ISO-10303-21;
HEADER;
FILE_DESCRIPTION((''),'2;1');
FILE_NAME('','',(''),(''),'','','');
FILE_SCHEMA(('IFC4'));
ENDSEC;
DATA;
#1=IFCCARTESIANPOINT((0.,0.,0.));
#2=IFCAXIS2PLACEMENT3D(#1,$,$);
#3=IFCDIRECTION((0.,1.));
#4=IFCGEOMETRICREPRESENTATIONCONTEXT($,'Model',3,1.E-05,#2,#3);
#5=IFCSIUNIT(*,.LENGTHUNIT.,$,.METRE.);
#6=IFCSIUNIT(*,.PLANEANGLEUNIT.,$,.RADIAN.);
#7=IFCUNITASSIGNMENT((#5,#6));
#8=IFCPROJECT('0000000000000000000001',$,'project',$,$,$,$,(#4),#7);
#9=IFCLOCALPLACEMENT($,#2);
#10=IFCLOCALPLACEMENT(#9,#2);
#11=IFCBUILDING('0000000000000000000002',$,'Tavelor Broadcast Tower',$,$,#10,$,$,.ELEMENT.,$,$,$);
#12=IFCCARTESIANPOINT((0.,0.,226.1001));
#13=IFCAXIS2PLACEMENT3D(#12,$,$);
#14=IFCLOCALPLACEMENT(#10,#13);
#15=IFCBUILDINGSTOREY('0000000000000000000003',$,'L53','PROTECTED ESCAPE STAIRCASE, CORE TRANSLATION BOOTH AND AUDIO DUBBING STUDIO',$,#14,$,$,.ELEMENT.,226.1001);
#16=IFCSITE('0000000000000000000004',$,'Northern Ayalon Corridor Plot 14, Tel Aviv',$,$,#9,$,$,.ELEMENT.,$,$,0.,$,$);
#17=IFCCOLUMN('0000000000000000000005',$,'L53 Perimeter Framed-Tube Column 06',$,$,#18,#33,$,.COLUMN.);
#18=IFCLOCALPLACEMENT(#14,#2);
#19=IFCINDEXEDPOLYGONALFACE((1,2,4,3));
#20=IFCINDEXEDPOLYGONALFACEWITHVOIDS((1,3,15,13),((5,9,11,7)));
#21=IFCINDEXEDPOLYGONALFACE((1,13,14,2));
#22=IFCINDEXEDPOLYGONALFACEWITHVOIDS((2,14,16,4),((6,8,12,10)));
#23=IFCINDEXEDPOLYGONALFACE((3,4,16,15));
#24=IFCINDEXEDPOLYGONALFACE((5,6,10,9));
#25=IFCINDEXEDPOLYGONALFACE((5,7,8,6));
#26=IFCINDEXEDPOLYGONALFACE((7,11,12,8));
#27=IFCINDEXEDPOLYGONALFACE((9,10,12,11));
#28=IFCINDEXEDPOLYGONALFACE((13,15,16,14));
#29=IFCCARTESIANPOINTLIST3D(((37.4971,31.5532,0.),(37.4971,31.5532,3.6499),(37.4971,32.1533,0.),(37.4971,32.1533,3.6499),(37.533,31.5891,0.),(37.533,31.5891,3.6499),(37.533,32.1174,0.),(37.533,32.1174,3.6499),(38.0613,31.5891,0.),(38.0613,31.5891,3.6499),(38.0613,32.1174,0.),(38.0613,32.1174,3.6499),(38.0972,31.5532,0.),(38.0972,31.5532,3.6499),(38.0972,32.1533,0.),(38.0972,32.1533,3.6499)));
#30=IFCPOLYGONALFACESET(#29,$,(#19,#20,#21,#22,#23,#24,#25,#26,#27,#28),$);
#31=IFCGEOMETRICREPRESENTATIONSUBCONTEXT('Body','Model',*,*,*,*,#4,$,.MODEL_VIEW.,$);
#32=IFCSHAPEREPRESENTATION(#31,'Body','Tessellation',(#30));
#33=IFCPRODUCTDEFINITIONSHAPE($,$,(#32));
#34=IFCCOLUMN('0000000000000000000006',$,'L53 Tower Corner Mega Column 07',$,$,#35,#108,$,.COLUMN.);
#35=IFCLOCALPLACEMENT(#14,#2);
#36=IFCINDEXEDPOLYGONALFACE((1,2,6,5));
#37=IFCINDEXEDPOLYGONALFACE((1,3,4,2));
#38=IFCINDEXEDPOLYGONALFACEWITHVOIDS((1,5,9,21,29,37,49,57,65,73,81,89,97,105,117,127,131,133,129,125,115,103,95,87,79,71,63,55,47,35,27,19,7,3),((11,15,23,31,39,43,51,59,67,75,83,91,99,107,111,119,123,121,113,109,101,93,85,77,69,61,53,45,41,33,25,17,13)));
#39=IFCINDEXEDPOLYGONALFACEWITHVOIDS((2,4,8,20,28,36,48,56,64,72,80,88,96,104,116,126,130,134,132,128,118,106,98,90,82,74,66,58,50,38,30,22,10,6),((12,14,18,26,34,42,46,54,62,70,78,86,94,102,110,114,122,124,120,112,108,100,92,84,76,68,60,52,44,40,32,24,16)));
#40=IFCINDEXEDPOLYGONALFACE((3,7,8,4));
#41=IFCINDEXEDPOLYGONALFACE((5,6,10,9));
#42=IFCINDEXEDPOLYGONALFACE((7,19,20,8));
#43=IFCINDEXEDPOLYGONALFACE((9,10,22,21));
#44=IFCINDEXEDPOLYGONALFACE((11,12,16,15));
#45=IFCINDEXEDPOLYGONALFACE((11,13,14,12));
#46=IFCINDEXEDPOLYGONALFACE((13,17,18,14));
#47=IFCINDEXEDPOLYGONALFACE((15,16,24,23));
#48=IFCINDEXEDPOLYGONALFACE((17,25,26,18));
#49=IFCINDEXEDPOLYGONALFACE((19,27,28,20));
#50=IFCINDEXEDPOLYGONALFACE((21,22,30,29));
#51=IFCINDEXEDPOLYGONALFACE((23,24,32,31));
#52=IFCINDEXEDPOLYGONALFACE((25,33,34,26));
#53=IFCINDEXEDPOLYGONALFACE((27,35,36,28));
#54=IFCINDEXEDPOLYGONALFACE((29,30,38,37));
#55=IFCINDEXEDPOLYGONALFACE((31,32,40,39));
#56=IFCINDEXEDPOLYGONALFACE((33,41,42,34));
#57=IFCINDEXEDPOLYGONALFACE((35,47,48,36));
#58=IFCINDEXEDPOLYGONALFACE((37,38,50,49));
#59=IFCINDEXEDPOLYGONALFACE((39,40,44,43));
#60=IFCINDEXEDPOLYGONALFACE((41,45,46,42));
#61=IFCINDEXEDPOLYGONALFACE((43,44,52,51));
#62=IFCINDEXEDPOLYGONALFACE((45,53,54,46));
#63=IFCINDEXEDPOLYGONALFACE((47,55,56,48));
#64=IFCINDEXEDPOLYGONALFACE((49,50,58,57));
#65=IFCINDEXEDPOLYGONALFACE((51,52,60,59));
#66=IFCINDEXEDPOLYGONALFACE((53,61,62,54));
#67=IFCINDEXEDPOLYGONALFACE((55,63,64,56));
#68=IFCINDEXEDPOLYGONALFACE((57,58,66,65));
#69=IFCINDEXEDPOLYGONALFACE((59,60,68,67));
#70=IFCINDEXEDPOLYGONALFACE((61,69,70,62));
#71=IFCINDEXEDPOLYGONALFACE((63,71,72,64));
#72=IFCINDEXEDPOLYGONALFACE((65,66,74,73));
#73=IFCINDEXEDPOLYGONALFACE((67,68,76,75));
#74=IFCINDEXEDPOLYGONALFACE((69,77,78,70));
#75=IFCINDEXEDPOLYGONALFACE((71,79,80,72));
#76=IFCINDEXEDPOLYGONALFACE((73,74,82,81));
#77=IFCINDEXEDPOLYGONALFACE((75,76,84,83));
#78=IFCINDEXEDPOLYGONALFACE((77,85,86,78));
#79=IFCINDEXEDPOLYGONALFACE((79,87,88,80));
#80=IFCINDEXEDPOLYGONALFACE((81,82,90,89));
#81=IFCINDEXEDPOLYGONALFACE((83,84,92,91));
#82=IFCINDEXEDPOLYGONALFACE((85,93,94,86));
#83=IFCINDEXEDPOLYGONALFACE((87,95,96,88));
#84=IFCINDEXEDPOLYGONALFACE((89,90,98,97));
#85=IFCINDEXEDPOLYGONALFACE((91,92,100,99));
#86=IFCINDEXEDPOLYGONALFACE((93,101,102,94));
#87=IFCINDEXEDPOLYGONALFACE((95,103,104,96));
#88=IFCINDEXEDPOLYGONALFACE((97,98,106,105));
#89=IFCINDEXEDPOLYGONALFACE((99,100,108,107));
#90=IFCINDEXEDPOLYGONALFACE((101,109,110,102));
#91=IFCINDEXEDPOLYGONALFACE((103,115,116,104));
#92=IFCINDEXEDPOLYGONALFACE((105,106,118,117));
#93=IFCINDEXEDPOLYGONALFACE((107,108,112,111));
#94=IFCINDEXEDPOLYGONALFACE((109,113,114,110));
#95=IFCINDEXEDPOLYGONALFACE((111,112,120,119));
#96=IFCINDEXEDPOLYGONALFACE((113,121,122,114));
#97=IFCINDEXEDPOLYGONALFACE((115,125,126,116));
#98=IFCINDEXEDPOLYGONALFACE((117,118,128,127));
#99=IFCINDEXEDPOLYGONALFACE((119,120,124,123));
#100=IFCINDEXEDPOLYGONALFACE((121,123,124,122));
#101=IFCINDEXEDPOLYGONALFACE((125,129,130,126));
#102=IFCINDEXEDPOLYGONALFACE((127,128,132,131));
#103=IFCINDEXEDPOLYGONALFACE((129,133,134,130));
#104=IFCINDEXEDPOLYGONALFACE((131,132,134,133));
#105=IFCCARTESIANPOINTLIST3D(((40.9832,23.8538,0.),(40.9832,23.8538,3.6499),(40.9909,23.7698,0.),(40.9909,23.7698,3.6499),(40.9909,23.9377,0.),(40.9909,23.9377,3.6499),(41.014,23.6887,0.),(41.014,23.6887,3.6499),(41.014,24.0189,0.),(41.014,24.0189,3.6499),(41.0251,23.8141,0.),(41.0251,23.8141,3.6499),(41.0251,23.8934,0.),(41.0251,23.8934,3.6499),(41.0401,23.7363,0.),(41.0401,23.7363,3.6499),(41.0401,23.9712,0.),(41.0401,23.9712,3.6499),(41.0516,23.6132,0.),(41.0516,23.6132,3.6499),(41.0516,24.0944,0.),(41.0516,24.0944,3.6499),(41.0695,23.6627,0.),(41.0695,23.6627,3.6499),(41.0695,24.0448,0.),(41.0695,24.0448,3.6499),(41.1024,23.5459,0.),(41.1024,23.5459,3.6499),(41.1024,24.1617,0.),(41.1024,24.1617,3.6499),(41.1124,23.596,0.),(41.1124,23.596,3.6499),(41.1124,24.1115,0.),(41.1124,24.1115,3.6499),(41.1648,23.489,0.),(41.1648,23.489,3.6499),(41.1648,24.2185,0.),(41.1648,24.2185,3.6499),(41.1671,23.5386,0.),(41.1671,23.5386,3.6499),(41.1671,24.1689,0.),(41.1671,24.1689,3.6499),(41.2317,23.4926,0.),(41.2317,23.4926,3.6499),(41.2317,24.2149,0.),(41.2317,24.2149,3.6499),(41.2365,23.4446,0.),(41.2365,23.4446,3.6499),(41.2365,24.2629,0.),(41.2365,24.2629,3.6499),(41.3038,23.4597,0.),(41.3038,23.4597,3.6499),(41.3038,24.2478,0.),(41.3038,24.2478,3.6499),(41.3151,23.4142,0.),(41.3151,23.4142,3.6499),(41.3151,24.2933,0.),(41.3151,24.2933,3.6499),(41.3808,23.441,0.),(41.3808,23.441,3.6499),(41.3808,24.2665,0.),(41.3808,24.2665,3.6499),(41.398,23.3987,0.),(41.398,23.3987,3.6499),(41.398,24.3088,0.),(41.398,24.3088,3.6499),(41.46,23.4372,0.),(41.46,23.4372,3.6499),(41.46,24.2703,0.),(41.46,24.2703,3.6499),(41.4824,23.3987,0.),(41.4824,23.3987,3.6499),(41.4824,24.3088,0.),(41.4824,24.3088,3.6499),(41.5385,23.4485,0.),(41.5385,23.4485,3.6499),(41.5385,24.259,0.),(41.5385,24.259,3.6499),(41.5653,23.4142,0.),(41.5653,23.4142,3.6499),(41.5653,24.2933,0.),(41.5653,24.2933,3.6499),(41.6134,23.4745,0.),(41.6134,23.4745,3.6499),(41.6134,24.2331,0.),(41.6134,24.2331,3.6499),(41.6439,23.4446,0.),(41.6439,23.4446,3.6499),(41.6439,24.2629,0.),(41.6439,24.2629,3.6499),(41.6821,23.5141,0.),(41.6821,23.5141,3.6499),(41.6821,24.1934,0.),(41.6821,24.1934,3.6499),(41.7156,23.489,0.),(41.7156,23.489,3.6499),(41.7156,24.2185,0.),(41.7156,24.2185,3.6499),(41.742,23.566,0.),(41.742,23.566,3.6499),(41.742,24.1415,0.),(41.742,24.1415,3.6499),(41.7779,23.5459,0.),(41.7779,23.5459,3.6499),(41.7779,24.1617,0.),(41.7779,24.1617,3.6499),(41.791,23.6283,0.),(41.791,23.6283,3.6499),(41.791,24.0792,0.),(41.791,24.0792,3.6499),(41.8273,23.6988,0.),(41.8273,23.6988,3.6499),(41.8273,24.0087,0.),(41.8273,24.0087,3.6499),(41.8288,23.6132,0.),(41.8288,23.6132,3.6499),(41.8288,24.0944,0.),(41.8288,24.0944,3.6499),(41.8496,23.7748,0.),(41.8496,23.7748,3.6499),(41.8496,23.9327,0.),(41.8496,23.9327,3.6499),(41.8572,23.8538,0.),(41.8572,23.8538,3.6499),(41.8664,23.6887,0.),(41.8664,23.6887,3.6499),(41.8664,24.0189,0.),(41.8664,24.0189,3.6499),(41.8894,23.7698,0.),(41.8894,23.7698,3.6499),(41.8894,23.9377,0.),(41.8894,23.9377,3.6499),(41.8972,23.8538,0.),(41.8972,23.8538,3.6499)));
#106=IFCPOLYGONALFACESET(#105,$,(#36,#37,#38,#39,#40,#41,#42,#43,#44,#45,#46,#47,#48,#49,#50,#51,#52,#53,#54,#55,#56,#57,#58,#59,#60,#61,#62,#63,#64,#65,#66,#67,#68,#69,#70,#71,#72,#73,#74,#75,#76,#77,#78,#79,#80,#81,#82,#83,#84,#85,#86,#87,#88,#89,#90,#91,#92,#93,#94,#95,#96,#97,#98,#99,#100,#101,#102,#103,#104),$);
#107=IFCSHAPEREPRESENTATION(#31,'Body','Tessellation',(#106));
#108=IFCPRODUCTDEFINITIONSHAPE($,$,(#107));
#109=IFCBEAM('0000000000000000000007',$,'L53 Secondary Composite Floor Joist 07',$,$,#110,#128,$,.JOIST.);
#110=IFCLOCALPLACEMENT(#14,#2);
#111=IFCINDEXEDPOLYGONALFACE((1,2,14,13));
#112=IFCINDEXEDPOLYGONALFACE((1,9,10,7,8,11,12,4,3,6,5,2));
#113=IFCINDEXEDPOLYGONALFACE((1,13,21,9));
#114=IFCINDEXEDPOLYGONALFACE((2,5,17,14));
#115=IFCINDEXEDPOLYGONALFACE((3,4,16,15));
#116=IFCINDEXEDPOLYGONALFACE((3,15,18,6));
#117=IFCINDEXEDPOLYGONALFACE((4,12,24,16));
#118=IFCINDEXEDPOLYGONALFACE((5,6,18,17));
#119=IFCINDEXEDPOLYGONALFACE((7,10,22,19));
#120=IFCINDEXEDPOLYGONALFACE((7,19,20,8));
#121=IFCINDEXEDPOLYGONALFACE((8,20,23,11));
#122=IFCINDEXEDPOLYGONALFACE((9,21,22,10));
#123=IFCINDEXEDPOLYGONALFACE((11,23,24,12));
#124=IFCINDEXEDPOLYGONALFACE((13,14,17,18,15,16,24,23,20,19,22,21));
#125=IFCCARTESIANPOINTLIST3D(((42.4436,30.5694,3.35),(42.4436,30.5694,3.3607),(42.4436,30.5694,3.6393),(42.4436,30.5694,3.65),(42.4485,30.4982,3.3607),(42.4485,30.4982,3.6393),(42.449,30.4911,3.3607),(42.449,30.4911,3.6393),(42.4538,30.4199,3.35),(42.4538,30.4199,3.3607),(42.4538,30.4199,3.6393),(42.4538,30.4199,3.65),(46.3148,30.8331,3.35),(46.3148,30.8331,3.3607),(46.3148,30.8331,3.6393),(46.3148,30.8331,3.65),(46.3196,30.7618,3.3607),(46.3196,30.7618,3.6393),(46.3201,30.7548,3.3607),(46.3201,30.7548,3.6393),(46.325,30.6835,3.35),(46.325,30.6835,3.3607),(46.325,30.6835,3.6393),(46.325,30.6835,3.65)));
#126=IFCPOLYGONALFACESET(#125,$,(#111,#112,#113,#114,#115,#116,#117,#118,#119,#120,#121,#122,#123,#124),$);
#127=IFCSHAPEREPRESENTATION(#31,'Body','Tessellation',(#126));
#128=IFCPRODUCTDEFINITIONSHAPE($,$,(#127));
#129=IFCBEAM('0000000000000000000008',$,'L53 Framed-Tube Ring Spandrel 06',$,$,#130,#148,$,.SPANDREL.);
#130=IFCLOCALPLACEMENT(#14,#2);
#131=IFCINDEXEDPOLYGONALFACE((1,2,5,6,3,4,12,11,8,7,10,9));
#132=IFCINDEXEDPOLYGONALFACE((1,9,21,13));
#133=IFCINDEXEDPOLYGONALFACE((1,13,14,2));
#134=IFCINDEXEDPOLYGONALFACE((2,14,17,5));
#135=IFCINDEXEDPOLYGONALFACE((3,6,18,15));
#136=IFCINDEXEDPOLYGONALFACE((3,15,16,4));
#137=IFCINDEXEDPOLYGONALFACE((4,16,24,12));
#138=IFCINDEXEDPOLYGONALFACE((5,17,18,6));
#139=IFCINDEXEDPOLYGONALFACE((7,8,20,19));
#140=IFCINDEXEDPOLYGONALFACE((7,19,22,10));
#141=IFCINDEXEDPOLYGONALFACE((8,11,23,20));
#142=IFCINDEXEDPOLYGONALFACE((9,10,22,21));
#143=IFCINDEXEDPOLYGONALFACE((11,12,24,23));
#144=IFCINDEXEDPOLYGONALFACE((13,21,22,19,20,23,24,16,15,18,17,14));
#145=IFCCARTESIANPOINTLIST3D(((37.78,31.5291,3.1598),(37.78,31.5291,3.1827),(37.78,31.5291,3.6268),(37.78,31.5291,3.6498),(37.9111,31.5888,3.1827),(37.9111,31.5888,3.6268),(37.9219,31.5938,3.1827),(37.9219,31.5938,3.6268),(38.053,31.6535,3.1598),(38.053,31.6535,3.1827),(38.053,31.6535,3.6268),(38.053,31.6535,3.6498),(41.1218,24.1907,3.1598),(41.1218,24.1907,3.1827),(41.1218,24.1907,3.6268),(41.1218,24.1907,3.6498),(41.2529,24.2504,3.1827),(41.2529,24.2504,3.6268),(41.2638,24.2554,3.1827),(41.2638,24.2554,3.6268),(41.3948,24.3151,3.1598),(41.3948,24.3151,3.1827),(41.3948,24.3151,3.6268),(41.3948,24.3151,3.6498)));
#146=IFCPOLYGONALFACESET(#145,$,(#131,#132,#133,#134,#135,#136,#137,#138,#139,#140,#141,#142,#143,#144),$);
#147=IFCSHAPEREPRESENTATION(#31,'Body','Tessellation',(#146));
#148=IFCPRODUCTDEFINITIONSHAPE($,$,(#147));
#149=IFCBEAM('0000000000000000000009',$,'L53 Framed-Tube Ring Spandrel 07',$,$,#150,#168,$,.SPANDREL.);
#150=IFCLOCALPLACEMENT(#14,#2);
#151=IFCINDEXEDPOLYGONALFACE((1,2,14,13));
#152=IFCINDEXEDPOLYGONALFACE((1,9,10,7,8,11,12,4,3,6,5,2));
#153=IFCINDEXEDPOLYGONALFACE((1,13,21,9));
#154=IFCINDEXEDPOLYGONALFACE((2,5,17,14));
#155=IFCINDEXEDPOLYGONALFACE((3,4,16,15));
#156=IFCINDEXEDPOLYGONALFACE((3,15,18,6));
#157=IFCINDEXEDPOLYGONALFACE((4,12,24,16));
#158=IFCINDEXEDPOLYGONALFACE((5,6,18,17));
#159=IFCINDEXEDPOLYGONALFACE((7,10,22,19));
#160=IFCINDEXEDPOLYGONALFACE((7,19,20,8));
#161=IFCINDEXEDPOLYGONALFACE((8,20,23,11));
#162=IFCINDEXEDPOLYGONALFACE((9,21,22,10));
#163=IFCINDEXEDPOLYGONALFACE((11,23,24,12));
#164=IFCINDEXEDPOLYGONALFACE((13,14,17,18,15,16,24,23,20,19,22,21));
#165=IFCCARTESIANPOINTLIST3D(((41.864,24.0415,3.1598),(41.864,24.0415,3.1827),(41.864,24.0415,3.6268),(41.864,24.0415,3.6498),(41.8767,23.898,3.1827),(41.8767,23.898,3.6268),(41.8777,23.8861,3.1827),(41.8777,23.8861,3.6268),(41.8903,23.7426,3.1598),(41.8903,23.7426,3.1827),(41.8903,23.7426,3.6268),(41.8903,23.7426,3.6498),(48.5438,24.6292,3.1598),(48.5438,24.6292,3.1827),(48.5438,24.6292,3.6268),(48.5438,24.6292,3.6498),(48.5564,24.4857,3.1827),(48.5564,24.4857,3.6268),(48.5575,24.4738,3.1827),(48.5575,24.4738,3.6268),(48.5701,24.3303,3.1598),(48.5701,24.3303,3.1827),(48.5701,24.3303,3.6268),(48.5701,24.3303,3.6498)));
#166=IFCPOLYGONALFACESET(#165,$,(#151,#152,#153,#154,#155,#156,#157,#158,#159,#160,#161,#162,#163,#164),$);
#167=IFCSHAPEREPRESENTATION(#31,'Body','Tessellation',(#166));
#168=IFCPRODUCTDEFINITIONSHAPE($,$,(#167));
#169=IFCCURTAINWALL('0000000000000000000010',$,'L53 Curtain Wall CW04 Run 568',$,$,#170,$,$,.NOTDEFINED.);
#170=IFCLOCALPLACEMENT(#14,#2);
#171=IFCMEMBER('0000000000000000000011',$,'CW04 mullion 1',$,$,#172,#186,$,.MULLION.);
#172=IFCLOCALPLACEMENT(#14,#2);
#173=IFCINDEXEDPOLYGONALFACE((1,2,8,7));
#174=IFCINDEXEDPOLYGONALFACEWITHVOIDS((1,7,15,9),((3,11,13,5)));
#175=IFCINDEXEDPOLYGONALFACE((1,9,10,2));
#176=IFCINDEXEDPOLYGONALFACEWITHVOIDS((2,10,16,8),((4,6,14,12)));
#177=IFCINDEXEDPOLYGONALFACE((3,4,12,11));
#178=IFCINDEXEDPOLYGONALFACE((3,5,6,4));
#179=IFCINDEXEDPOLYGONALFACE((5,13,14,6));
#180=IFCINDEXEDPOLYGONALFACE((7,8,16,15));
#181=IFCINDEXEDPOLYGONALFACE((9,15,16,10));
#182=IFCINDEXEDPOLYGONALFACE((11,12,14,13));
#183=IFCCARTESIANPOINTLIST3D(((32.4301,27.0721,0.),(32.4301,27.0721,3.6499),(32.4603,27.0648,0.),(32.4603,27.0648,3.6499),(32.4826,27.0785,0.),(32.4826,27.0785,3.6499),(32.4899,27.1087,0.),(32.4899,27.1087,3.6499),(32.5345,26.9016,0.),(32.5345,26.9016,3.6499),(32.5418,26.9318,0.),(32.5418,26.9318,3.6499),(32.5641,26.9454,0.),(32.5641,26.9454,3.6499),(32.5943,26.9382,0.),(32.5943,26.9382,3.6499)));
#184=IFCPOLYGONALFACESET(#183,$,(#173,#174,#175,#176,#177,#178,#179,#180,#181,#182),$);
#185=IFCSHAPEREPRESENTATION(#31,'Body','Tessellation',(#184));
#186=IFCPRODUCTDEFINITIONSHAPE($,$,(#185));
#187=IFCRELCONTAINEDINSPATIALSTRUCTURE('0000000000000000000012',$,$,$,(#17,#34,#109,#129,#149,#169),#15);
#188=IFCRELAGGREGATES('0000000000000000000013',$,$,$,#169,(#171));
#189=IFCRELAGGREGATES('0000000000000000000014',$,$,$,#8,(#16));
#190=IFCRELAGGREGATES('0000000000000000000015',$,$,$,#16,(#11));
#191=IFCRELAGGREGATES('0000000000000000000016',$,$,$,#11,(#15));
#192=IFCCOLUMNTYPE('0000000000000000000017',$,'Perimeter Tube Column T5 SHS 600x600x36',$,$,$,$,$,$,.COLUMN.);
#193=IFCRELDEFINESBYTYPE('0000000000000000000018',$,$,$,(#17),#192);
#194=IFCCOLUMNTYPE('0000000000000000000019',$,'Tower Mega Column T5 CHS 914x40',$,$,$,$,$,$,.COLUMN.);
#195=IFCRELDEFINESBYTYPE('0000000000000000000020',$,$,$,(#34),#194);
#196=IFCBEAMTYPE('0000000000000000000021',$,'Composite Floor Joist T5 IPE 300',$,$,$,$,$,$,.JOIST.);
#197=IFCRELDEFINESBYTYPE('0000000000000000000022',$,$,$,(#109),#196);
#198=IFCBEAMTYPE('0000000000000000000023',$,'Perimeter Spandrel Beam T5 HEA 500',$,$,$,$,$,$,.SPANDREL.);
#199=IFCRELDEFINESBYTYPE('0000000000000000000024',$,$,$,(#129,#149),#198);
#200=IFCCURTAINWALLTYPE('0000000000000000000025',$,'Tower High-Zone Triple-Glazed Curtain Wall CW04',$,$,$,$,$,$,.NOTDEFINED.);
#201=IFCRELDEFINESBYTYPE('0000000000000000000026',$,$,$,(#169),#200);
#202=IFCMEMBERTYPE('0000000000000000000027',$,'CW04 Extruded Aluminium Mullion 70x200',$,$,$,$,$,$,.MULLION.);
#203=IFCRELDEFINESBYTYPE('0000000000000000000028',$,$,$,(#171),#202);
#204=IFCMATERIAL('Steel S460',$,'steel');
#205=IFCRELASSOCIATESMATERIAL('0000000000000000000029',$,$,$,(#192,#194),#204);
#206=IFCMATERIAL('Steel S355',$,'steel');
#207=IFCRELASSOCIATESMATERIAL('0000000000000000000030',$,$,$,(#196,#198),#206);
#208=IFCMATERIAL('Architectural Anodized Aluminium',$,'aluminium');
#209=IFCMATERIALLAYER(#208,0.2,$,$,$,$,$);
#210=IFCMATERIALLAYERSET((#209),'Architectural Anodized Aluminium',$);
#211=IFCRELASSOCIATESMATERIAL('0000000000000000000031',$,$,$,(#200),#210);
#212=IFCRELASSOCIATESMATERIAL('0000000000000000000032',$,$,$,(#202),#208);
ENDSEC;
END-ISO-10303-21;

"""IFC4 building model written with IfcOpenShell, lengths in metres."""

from ifc_helpers import new_model, si_unit, direction, frame, origin, origin_2d, place, context, subcontext, project, spatial, hollow_rectangle, hollow_circle, i_section, extrude, source, transform, mapped, material, layer, layer_set, material_profile, profile_set, type_object, type_shapes, element, aggregate, save


model = new_model("IFC4")

# Units and contexts
model_context = context("Model", 3, precision=1e-05, world=origin(), true_north=direction((0.0, 1.0)))
body_context = subcontext(model_context, "Body", "Model", "MODEL_VIEW")
ifc_project = project(units=[si_unit("LENGTHUNIT", "METRE"), si_unit("PLANEANGLEUNIT", "RADIAN")], contexts=[model_context])

# Site, building, storey
site_placement = place(None, origin())
site = spatial("IfcSite", under=ifc_project, at=site_placement, Name="Northern Ayalon Corridor Plot 14, Tel Aviv", CompositionType="ELEMENT", RefElevation=0.0)
building_placement = place(site_placement, origin())
building = spatial("IfcBuilding", under=site, at=building_placement, Name="Tavelor Broadcast Tower", CompositionType="ELEMENT")
storey_placement = place(building_placement, frame((0.0, 0.0, 226.1001)))
storey = spatial("IfcBuildingStorey", under=building, at=storey_placement, Name="L53", Description="PROTECTED ESCAPE STAIRCASE, CORE TRANSLATION BOOTH AND AUDIO DUBBING STUDIO", CompositionType="ELEMENT", Elevation=226.1001)

# Columns
ifc_material_1 = material(Name="Steel S460", Category="steel")
ifc_material_profile_1 = material_profile(ifc_material_1, hollow_rectangle(XDim=0.6001, YDim=0.6001, WallThickness=0.0359, at=origin_2d()), Name="SHS 600x600x36")
ifc_profile_set_1 = profile_set([ifc_material_profile_1], Name="Steel S460")
column_type_1 = type_object("IfcColumnType", Name="Perimeter Tube Column T5 SHS 600x600x36", PredefinedType="COLUMN", material=ifc_profile_set_1)
column_1_placement = place(storey_placement, frame((37.7971, 31.8533, 0.0), z_axis=(0.0, 0.0, 1.0), x_axis=(1.0, 0.0, 0.0)))
element("IfcColumn", 1, at=column_1_placement, inside=storey, type_object=column_type_1, Name="L53 Perimeter Framed-Tube Column 06", PredefinedType="COLUMN", context=body_context, shape_type="SweptSolid", body=[
    extrude(hollow_rectangle(XDim=0.6001, YDim=0.6001, WallThickness=0.0359, at=origin_2d()), origin(), (0.0, 0.0, 1.0), 3.6499),
])
ifc_material_profile_2 = material_profile(ifc_material_1, hollow_circle(Radius=0.457, WallThickness=0.04, at=origin_2d()), Name="CHS 914x40")
ifc_profile_set_2 = profile_set([ifc_material_profile_2], Name="Steel S460")
column_type_2 = type_object("IfcColumnType", Name="Tower Mega Column T5 CHS 914x40", PredefinedType="COLUMN", material=ifc_profile_set_2)
column_2_placement = place(storey_placement, frame((41.4402, 23.8538, 0.0), z_axis=(0.0, 0.0, 1.0), x_axis=(1.0, 0.0, 0.0)))
element("IfcColumn", 2, at=column_2_placement, inside=storey, type_object=column_type_2, Name="L53 Tower Corner Mega Column 07", PredefinedType="COLUMN", context=body_context, shape_type="SweptSolid", body=[
    extrude(hollow_circle(Radius=0.457, WallThickness=0.04, at=origin_2d()), origin(), (0.0, 0.0, 1.0), 3.6499),
])

# Beams
ifc_material_2 = material(Name="Steel S355", Category="steel")
ifc_material_profile_3 = material_profile(ifc_material_2, i_section(OverallWidth=0.1499, OverallDepth=0.3, WebThickness=0.0071, FlangeThickness=0.0107, at=origin_2d()), Name="IPE 300")
ifc_profile_set_3 = profile_set([ifc_material_profile_3], Name="Steel S355")
beam_type_1 = type_object("IfcBeamType", Name="Composite Floor Joist T5 IPE 300", PredefinedType="JOIST", material=ifc_profile_set_3)
beam_1_placement = place(storey_placement, frame((42.4487, 30.4946, 3.5), z_axis=(0.997688, 0.067956, 0.0), x_axis=(-0.067956, 0.997688, 0.0)))
element("IfcBeam", 3, at=beam_1_placement, inside=storey, type_object=beam_type_1, Name="L53 Secondary Composite Floor Joist 07", PredefinedType="JOIST", context=body_context, shape_type="SweptSolid", body=[
    extrude(i_section(OverallWidth=0.1499, OverallDepth=0.3, WebThickness=0.0071, FlangeThickness=0.0107, at=origin_2d()), origin(), (0.0, 0.0, 1.0), 3.8801),
])
ifc_material_profile_4 = material_profile(ifc_material_2, i_section(OverallWidth=0.3, OverallDepth=0.49, WebThickness=0.012, FlangeThickness=0.0229, at=origin_2d()), Name="HEA 500")
ifc_profile_set_4 = profile_set([ifc_material_profile_4], Name="Steel S355")
beam_type_2 = type_object("IfcBeamType", Name="Perimeter Spandrel Beam T5 HEA 500", PredefinedType="SPANDREL", material=ifc_profile_set_4)
beam_2_placement = place(storey_placement, frame((37.9165, 31.5913, 3.4048), z_axis=(0.414437, -0.910078, 0.0), x_axis=(0.910078, 0.414437, 0.0)))
element("IfcBeam", 4, at=beam_2_placement, inside=storey, type_object=beam_type_2, Name="L53 Framed-Tube Ring Spandrel 06", PredefinedType="SPANDREL", context=body_context, shape_type="SweptSolid", body=[
    extrude(i_section(OverallWidth=0.3, OverallDepth=0.49, WebThickness=0.012, FlangeThickness=0.0229, at=origin_2d()), origin(), (0.0, 0.0, 1.0), 8.0635),
])
beam_3_placement = place(storey_placement, frame((41.8772, 23.8921, 3.4048), z_axis=(0.996153, 0.087637, 0.0), x_axis=(-0.087637, 0.996153, 0.0)))
element("IfcBeam", 5, at=beam_3_placement, inside=storey, type_object=beam_type_2, Name="L53 Framed-Tube Ring Spandrel 07", PredefinedType="SPANDREL", context=body_context, shape_type="SweptSolid", body=[
    extrude(i_section(OverallWidth=0.3, OverallDepth=0.49, WebThickness=0.012, FlangeThickness=0.0229, at=origin_2d()), origin(), (0.0, 0.0, 1.0), 6.7056),
])

# Curtain wall, member
ifc_material_3 = material(Name="Architectural Anodized Aluminium", Category="aluminium")
ifc_layer_1 = layer(ifc_material_3, 0.2)
ifc_layer_set_1 = layer_set([ifc_layer_1], Name="Architectural Anodized Aluminium")
curtain_wall_type = type_object("IfcCurtainWallType", Name="Tower High-Zone Triple-Glazed Curtain Wall CW04", PredefinedType="NOTDEFINED", material=ifc_layer_set_1)
curtain_wall_placement = place(storey_placement, origin())
curtain_wall = element("IfcCurtainWall", 6, at=curtain_wall_placement, inside=storey, type_object=curtain_wall_type, Name="L53 Curtain Wall CW04 Run 568", PredefinedType="NOTDEFINED")
ifc_material_profile_5 = material_profile(ifc_material_3, hollow_rectangle(XDim=0.0701, YDim=0.2, WallThickness=0.022, at=origin_2d()), Name="RHS 70x200x22")
ifc_profile_set_5 = profile_set([ifc_material_profile_5], Name="Architectural Anodized Aluminium")
member_type_1 = type_object("IfcMemberType", Name="CW04 Extruded Aluminium Mullion 70x200", PredefinedType="MULLION", material=ifc_profile_set_5)
shared_shape_1 = source(origin(), body_context, "Body", "SweptSolid", [
    extrude(hollow_rectangle(XDim=0.0701, YDim=0.2, WallThickness=0.022, at=origin_2d()), origin(), (0.0, 0.0, 1.0), 3.6499),
])
type_shapes(member_type_1, [shared_shape_1])
member_1_placement = place(storey_placement, frame((32.5122, 27.0051, 0.0), z_axis=(0.0, 0.0, 1.0), x_axis=(0.852858, 0.522144, 0.0)))
member_1 = element("IfcMember", 7, at=member_1_placement, type_object=member_type_1, Name="CW04 mullion 1", PredefinedType="MULLION", context=body_context, shape_type="MappedRepresentation", body=[
    mapped(shared_shape_1, transform((0.0, 0.0, 0.0), scale=1.0)),
])

aggregate(curtain_wall, [member_1])

save(model, "model.ifc")
